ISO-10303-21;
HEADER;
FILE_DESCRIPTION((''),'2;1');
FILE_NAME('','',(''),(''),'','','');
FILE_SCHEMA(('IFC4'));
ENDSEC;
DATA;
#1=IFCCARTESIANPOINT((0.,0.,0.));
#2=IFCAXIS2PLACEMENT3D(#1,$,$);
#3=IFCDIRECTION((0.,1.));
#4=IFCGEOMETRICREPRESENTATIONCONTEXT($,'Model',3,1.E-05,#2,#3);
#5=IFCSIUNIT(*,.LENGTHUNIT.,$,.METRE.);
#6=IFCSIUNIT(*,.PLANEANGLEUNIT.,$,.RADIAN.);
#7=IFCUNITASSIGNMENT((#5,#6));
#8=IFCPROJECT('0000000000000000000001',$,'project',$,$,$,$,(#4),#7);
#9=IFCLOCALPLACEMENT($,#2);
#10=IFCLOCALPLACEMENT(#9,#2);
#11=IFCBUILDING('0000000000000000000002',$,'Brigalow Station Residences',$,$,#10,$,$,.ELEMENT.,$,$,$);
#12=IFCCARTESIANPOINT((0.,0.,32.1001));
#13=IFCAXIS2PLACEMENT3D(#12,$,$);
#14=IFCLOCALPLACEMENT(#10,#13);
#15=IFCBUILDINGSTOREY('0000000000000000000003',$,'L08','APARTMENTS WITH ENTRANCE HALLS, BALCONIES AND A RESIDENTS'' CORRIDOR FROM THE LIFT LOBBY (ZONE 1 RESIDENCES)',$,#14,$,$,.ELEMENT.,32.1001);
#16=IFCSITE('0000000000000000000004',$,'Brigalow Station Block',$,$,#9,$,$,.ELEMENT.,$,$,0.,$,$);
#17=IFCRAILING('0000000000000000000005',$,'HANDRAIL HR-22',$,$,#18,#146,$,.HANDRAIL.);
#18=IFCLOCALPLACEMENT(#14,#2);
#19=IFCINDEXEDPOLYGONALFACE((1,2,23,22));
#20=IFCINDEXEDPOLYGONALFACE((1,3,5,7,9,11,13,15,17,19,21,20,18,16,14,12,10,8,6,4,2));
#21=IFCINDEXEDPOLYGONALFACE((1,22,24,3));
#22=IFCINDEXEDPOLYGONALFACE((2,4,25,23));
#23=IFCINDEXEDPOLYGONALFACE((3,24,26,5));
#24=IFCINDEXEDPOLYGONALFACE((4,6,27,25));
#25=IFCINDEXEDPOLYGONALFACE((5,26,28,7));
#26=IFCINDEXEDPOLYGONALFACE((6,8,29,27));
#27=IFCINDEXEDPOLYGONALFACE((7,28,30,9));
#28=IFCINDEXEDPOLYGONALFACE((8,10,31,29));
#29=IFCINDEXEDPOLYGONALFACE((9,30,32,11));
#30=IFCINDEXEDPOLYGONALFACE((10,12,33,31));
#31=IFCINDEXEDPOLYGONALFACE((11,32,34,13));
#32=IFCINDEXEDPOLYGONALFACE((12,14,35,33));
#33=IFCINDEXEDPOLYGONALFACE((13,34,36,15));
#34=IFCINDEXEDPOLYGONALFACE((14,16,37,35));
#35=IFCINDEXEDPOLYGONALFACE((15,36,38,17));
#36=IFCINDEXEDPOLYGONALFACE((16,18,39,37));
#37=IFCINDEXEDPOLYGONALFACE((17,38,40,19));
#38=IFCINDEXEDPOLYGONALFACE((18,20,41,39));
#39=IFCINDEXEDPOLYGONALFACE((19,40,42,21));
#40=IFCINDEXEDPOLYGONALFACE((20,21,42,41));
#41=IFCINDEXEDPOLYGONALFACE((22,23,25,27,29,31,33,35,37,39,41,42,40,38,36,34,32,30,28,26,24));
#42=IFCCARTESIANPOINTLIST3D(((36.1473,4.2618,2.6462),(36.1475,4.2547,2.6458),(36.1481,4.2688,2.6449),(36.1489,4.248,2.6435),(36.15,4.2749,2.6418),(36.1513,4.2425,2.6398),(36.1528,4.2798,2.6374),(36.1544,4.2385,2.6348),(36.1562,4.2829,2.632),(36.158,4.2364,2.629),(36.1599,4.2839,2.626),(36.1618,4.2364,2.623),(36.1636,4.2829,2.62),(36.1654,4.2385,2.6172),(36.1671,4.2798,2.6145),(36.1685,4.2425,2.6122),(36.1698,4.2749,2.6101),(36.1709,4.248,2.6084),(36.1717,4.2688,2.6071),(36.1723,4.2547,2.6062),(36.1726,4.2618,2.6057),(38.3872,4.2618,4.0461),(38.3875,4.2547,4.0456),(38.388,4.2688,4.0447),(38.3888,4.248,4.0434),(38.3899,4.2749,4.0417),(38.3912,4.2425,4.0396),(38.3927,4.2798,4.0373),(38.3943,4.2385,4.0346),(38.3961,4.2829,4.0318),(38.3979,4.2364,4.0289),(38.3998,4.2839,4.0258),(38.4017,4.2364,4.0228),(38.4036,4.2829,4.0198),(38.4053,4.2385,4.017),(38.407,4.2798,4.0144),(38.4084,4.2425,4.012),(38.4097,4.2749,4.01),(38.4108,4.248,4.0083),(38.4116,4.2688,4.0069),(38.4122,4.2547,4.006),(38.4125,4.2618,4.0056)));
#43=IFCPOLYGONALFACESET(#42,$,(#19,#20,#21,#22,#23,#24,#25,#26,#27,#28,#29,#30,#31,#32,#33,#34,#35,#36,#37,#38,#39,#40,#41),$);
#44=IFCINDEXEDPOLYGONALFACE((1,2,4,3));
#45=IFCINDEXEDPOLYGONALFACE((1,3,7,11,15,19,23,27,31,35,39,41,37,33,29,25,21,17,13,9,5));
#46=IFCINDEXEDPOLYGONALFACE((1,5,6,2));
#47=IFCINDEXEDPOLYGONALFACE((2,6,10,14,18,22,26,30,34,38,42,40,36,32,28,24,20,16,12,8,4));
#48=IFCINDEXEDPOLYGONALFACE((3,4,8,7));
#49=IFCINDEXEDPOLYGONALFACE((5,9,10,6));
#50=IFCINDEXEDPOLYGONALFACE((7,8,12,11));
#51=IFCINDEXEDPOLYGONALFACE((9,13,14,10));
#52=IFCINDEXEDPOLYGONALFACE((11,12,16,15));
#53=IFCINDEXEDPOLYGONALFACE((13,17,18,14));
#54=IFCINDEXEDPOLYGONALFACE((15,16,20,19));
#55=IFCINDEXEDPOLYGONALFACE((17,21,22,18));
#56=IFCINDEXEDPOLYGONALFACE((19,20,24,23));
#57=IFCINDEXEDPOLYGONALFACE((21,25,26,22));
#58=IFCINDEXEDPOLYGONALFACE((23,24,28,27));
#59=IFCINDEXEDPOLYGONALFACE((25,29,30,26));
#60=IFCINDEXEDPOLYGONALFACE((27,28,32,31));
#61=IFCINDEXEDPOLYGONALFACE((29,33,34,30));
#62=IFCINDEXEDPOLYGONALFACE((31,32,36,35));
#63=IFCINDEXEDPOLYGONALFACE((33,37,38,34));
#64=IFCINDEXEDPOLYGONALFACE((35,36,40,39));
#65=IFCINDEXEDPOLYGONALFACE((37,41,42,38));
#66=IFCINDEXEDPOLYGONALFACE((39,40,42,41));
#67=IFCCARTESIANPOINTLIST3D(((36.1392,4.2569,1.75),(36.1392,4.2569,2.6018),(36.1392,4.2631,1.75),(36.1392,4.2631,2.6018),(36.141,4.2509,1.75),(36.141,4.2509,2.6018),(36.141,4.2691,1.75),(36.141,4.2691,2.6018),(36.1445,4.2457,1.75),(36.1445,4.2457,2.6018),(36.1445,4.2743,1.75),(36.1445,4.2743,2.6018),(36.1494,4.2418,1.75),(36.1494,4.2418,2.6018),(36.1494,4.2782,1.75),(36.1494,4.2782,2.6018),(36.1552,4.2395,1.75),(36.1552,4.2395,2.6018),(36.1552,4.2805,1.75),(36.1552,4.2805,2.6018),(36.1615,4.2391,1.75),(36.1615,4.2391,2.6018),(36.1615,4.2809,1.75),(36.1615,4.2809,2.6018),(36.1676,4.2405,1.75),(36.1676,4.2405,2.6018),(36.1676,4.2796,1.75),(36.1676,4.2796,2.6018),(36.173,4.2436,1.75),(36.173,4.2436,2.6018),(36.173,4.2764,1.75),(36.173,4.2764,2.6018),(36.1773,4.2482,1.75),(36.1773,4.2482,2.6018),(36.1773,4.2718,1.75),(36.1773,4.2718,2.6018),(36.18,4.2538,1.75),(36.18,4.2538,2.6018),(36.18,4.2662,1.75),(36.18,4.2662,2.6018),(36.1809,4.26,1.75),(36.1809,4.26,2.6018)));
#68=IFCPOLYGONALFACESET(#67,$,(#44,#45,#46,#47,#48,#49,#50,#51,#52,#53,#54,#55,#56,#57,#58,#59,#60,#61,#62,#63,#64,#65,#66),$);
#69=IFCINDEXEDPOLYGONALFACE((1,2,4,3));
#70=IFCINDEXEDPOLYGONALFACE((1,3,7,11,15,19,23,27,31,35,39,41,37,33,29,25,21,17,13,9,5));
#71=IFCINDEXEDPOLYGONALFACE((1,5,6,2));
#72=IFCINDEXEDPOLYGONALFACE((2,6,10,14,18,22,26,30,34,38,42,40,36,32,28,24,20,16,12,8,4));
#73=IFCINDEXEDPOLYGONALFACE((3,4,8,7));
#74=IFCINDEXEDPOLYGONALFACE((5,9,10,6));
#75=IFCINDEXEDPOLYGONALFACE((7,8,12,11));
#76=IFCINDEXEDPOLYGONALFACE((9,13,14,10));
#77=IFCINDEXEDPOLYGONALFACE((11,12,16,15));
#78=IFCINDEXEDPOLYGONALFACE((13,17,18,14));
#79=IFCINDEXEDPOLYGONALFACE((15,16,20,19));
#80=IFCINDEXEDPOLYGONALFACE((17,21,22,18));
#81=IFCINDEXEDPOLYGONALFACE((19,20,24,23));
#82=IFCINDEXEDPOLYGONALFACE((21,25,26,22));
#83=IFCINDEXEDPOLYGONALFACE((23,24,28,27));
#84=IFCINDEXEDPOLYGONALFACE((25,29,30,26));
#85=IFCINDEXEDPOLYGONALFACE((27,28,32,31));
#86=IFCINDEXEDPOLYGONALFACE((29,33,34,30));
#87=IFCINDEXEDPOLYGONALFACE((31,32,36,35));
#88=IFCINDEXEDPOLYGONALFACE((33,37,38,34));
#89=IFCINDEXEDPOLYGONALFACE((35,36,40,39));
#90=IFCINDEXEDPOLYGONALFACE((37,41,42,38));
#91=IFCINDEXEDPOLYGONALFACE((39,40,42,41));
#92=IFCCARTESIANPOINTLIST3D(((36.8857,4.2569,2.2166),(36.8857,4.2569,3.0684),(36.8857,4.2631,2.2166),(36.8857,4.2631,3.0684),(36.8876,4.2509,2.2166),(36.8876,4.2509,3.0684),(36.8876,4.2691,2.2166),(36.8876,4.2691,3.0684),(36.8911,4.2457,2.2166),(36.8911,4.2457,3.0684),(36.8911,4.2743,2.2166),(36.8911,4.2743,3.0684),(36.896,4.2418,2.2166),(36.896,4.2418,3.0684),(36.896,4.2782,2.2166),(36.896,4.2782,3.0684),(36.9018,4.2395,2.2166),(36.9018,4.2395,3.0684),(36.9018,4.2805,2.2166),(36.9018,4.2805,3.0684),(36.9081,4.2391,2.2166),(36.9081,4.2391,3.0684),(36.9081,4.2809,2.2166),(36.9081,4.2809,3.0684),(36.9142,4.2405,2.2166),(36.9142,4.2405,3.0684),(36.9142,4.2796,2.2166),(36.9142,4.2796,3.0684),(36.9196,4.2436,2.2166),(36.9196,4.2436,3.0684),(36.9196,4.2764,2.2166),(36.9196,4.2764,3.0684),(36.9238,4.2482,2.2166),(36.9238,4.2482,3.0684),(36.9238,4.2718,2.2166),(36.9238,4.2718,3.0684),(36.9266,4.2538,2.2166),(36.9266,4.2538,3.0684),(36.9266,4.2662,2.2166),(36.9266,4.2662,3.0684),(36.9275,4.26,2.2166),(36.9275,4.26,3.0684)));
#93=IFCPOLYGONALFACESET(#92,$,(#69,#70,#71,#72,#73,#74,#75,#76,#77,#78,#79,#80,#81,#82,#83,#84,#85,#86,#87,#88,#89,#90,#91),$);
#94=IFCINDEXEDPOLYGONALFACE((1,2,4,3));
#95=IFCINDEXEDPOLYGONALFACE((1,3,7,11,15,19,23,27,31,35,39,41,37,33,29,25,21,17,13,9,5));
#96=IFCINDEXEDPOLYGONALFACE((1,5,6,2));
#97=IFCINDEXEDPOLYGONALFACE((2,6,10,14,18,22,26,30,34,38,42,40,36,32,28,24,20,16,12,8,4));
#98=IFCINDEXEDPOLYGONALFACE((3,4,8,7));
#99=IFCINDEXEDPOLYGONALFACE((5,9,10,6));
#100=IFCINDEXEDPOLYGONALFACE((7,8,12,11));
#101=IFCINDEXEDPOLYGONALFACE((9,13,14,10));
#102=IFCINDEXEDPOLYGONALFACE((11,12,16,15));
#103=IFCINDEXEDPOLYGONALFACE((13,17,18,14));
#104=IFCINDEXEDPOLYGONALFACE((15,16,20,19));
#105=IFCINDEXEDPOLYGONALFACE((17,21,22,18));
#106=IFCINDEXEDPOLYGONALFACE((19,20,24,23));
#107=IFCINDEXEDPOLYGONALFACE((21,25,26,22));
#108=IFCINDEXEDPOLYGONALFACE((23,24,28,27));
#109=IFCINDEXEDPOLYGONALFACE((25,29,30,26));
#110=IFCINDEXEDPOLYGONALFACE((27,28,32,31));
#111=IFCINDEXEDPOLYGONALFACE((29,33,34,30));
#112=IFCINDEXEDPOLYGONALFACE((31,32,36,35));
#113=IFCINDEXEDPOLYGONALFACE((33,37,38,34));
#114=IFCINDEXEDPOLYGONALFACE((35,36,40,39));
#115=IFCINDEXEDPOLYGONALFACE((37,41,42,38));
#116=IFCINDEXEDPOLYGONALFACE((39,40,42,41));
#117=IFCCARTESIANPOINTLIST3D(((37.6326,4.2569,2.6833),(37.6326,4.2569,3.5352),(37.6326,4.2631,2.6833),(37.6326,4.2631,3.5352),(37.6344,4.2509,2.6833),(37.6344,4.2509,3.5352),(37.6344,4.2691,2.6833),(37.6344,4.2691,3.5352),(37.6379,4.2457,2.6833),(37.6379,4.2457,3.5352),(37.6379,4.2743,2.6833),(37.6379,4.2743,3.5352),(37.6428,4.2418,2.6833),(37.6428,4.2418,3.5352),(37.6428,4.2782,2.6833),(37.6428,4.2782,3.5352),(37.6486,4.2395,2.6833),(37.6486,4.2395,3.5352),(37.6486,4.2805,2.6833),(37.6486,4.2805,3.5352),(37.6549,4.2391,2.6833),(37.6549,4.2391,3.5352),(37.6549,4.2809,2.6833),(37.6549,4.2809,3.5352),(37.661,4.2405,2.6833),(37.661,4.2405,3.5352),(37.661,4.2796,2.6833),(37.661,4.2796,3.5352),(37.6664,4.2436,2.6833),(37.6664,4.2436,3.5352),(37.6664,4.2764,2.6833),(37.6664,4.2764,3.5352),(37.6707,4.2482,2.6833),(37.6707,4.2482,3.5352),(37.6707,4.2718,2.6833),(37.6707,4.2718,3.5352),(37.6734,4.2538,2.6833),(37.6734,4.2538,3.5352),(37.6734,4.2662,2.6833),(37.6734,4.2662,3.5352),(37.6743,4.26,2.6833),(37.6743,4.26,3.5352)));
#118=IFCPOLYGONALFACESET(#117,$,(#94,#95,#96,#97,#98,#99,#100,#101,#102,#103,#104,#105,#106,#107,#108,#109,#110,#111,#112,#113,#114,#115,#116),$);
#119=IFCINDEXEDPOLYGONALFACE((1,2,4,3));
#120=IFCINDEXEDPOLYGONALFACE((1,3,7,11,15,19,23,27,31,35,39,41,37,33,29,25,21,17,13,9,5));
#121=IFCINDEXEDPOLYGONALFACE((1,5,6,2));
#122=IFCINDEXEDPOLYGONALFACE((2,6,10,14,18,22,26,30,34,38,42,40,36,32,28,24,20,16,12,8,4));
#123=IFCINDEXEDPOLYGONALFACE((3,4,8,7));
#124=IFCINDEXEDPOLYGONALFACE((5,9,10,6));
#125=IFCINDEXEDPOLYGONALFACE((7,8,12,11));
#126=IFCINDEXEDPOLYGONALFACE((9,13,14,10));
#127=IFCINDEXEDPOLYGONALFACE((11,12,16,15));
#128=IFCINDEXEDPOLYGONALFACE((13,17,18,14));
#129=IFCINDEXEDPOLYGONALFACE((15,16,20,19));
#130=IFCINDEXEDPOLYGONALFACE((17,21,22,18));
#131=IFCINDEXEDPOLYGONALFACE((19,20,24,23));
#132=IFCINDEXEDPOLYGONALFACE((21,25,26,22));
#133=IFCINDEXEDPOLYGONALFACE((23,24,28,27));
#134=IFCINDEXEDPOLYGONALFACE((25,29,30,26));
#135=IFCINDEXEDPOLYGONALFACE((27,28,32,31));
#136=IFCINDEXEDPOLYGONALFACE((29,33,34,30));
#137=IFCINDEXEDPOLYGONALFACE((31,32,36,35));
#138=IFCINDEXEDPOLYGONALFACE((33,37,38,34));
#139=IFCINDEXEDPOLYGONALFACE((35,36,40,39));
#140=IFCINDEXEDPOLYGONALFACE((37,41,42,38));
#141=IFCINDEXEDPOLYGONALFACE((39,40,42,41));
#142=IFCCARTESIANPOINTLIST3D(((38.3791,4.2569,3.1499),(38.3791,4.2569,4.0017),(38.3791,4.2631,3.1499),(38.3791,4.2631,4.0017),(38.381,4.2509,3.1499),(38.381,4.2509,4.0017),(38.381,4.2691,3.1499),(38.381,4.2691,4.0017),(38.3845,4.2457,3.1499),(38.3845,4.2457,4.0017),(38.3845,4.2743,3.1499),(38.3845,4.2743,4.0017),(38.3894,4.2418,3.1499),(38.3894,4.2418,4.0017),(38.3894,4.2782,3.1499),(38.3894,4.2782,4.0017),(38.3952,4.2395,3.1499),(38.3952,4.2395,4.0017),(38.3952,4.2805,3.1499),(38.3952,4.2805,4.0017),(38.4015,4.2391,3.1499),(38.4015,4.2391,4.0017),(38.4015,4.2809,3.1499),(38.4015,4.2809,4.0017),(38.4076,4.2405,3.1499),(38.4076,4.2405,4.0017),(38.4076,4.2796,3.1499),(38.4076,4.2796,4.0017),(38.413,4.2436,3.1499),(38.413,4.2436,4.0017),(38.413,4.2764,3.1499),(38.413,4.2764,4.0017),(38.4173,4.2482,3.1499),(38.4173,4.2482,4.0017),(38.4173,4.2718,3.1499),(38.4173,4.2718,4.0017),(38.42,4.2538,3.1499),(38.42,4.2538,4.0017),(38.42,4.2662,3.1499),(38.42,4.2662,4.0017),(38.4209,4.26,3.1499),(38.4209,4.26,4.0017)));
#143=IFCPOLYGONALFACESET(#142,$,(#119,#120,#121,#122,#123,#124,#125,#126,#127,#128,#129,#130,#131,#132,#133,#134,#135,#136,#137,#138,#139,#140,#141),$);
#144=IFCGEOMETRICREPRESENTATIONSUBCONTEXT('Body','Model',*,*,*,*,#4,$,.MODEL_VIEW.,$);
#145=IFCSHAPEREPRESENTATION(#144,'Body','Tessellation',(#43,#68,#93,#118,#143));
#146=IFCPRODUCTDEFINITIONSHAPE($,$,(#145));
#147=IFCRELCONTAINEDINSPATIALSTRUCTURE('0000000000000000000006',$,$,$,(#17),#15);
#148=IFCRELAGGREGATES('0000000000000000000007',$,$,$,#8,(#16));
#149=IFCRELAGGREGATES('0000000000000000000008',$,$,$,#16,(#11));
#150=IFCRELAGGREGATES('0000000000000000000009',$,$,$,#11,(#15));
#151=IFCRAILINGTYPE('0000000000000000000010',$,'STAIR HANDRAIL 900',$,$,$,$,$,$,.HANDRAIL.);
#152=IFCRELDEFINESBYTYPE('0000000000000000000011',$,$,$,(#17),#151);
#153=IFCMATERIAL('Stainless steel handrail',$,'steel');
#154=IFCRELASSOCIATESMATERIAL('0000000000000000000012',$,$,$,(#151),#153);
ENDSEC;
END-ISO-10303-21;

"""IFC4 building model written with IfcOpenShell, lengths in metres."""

from ifc_helpers import new_model, si_unit, direction, frame, origin, origin_2d, place, context, subcontext, project, spatial, circle, extrude, material, type_object, element, save


model = new_model("IFC4")

# Units and contexts
model_context = context("Model", 3, precision=1e-05, world=origin(), true_north=direction((0.0, 1.0)))
body_context = subcontext(model_context, "Body", "Model", "MODEL_VIEW")
ifc_project = project(units=[si_unit("LENGTHUNIT", "METRE"), si_unit("PLANEANGLEUNIT", "RADIAN")], contexts=[model_context])

# Site, building, storey
site_placement = place(None, origin())
site = spatial("IfcSite", under=ifc_project, at=site_placement, Name="Brigalow Station Block", CompositionType="ELEMENT", RefElevation=0.0)
building_placement = place(site_placement, origin())
building = spatial("IfcBuilding", under=site, at=building_placement, Name="Brigalow Station Residences", CompositionType="ELEMENT")
storey_placement = place(building_placement, frame((0.0, 0.0, 32.1001)))
storey = spatial("IfcBuildingStorey", under=building, at=storey_placement, Name="L08", Description="APARTMENTS WITH ENTRANCE HALLS, BALCONIES AND A RESIDENTS' CORRIDOR FROM THE LIFT LOBBY (ZONE 1 RESIDENCES)", CompositionType="ELEMENT", Elevation=32.1001)

# Railing
ifc_material_1 = material(Name="Stainless steel handrail", Category="steel")
railing_type_1 = type_object("IfcRailingType", Name="STAIR HANDRAIL 900", PredefinedType="HANDRAIL", material=ifc_material_1)
railing_1_placement = place(storey_placement, frame((36.1599, 4.26, 1.75)))
element("IfcRailing", 1, at=railing_1_placement, inside=storey, type_object=railing_type_1, Name="HANDRAIL HR-22", PredefinedType="HANDRAIL", context=body_context, shape_type="SweptSolid", body=[
    extrude(circle(Radius=0.0239, at=origin_2d()), frame((0.0, 0.0, 0.876), z_axis=(0.848014, 0.0, 0.529974), x_axis=(0.0, 1.0, 0.0)), (0.0, 0.0, 1.0), 2.6414),
    extrude(circle(Radius=0.021, at=origin_2d()), origin(), (0.0, 0.0, 1.0), 0.8518),
    extrude(circle(Radius=0.021, at=origin_2d()), frame((0.7466, 0.0, 0.4666)), (0.0, 0.0, 1.0), 0.8518),
    extrude(circle(Radius=0.021, at=origin_2d()), frame((1.4934, 0.0, 0.9333)), (0.0, 0.0, 1.0), 0.8518),
    extrude(circle(Radius=0.021, at=origin_2d()), frame((2.24, 0.0, 1.3999)), (0.0, 0.0, 1.0), 0.8518),
])

save(model, "model.ifc")
